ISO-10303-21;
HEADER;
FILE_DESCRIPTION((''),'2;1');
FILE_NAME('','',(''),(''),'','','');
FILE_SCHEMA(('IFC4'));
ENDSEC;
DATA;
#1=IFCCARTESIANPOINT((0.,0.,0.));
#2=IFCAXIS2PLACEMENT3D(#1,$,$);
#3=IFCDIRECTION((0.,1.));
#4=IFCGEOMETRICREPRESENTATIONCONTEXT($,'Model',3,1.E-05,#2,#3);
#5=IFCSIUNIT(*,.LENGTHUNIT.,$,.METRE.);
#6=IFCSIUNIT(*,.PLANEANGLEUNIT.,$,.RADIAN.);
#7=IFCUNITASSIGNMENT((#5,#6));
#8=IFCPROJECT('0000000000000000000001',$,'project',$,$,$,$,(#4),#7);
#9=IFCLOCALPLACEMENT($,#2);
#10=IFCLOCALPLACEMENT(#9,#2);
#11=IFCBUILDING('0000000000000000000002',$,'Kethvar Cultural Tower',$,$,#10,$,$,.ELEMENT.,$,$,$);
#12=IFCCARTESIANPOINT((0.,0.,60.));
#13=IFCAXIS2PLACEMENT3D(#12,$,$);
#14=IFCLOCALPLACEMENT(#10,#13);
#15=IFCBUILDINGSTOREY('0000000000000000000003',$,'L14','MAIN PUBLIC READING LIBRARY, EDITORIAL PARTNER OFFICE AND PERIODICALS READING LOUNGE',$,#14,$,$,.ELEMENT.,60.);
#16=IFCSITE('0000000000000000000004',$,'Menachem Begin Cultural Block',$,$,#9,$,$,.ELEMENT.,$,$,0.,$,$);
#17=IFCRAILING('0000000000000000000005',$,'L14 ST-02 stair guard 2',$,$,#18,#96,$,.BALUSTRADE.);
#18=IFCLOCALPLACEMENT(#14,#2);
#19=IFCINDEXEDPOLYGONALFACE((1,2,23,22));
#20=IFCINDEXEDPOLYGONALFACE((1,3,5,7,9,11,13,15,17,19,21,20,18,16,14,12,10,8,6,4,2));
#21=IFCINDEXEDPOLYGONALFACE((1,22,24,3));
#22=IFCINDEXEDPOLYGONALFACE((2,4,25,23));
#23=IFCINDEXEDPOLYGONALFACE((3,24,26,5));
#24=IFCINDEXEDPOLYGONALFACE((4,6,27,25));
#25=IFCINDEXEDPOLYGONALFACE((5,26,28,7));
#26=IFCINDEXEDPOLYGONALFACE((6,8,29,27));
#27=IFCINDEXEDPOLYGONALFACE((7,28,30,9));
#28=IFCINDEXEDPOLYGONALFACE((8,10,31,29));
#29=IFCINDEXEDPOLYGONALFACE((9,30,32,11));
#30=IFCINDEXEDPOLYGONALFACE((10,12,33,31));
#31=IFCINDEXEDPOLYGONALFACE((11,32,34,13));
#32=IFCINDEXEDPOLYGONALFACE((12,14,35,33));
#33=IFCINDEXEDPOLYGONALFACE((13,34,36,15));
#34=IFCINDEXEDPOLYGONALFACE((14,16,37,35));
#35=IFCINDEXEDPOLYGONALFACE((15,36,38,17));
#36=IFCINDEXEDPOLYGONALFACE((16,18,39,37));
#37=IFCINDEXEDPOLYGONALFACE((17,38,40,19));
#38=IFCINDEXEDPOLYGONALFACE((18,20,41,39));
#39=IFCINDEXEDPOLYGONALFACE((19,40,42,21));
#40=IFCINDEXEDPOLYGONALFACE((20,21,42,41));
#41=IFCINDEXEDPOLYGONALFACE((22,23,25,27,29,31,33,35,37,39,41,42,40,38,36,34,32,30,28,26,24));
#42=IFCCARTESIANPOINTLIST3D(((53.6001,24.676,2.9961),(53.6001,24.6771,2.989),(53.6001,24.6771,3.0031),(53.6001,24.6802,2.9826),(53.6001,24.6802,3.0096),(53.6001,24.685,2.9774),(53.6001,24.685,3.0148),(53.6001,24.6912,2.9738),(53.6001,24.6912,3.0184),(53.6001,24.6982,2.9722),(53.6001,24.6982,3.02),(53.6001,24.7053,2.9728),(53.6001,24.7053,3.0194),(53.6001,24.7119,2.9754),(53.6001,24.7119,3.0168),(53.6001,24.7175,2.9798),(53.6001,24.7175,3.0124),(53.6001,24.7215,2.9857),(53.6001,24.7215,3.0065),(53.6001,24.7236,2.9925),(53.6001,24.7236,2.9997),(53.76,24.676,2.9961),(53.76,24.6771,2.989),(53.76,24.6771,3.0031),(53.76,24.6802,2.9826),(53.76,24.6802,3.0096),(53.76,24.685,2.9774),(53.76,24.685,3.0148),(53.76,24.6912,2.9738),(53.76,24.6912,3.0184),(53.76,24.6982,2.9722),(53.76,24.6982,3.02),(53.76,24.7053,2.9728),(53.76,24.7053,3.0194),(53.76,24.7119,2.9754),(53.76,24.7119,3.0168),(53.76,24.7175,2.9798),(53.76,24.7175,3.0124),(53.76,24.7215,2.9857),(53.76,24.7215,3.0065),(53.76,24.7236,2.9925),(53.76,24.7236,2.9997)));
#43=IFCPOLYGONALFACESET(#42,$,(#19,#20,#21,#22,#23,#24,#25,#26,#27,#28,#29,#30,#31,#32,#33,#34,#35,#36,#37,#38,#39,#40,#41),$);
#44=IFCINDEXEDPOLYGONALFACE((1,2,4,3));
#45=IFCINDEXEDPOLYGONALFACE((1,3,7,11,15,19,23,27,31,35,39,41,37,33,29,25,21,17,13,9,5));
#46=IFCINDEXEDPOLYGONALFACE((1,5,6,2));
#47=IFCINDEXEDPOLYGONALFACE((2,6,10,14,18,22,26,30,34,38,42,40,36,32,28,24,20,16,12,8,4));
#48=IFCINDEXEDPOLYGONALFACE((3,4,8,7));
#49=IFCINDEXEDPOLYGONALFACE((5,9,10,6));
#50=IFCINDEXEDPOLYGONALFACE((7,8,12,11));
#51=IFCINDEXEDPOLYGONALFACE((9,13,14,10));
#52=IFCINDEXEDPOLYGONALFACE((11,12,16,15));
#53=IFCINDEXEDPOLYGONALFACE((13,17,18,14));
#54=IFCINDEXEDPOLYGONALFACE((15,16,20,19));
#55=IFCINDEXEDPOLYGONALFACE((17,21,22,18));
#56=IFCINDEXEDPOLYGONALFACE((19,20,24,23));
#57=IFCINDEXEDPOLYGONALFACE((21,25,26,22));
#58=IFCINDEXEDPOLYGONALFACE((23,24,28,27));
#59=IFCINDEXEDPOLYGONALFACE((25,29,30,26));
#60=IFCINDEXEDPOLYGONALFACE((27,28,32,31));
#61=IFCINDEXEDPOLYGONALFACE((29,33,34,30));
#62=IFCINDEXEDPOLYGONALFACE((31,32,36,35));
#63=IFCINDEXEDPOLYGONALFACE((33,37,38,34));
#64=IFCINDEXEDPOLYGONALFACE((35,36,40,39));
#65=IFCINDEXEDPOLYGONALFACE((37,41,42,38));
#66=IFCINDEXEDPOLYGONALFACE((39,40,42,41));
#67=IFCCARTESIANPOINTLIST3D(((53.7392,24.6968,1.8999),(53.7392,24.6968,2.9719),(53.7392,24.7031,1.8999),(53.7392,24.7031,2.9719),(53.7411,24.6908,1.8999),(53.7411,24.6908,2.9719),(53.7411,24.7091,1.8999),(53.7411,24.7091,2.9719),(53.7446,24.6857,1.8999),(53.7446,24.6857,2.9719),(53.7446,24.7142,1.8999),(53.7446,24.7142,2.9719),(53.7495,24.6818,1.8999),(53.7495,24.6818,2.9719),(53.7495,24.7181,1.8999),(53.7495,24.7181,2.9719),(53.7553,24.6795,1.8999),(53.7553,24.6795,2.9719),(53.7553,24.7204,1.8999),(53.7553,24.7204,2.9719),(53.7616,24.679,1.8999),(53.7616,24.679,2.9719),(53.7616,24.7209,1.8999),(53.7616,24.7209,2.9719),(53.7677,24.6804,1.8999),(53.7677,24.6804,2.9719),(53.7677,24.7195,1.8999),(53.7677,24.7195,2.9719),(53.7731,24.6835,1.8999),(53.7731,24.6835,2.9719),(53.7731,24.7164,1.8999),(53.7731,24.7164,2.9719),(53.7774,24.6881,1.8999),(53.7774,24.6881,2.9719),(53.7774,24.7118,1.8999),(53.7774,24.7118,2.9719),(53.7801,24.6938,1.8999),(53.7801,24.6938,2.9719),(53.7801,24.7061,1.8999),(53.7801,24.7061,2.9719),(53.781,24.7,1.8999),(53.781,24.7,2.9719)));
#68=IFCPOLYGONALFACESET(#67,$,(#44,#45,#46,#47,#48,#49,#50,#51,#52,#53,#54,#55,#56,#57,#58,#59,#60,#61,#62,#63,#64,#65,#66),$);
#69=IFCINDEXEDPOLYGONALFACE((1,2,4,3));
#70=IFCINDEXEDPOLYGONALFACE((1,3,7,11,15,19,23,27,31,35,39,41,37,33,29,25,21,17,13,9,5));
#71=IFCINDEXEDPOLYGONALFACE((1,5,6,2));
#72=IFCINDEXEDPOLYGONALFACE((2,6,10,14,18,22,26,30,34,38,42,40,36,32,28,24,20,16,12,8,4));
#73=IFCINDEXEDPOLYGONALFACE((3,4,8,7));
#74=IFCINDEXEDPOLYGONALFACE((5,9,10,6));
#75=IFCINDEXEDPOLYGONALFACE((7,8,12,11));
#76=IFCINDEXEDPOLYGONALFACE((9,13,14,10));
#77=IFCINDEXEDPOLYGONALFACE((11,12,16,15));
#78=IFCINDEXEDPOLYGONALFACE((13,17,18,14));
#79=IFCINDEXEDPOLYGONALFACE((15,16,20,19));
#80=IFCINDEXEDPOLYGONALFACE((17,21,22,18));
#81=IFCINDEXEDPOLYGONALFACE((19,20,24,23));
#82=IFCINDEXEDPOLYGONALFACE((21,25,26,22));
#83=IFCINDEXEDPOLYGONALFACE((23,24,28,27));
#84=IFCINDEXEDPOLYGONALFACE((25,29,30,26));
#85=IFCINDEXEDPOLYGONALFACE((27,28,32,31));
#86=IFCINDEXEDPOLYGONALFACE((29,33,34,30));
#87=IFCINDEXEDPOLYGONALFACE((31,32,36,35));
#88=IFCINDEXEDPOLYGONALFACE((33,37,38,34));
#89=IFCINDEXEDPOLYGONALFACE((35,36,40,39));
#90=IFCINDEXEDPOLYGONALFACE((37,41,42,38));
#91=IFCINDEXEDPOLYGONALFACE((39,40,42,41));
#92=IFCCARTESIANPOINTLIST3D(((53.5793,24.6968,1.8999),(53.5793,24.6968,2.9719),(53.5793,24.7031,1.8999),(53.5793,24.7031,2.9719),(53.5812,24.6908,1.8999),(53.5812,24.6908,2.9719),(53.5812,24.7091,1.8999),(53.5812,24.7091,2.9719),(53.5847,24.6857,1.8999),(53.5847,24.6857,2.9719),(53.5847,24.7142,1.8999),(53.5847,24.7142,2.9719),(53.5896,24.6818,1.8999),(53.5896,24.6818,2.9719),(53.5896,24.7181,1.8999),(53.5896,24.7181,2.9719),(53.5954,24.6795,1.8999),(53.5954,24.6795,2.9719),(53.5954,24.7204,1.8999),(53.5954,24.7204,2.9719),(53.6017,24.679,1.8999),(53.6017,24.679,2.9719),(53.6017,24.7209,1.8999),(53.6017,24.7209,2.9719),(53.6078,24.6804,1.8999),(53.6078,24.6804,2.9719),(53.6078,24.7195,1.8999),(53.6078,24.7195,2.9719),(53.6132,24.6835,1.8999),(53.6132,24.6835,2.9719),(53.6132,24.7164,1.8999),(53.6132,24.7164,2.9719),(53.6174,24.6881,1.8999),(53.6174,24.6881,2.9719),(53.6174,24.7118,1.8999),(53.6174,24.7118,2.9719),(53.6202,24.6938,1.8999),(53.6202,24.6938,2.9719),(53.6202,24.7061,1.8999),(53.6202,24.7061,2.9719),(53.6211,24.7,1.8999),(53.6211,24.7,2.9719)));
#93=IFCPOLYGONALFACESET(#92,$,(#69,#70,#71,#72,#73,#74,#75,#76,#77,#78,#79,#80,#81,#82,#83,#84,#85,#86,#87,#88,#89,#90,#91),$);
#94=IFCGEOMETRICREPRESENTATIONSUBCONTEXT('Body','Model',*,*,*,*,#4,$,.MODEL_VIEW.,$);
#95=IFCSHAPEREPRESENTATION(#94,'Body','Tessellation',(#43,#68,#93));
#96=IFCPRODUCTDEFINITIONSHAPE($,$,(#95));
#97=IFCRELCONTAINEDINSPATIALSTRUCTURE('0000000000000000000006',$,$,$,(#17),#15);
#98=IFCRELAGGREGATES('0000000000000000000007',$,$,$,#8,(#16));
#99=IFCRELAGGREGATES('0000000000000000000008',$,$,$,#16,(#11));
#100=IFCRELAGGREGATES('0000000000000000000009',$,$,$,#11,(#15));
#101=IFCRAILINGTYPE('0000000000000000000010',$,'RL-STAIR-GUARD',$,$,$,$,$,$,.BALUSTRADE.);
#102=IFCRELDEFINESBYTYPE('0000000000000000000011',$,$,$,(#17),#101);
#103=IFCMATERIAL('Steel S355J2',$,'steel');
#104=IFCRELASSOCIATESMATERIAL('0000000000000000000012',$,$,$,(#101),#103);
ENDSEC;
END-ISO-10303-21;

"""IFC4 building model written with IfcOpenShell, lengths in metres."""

from ifc_helpers import new_model, si_unit, direction, frame, origin, origin_2d, place, context, subcontext, project, spatial, circle, extrude, material, type_object, element, save


model = new_model("IFC4")

# Units and contexts
model_context = context("Model", 3, precision=1e-05, world=origin(), true_north=direction((0.0, 1.0)))
body_context = subcontext(model_context, "Body", "Model", "MODEL_VIEW")
ifc_project = project(units=[si_unit("LENGTHUNIT", "METRE"), si_unit("PLANEANGLEUNIT", "RADIAN")], contexts=[model_context])

# Site, building, storey
site_placement = place(None, origin())
site = spatial("IfcSite", under=ifc_project, at=site_placement, Name="Menachem Begin Cultural Block", CompositionType="ELEMENT", RefElevation=0.0)
building_placement = place(site_placement, origin())
building = spatial("IfcBuilding", under=site, at=building_placement, Name="Kethvar Cultural Tower", CompositionType="ELEMENT")
storey_placement = place(building_placement, frame((0.0, 0.0, 60.0)))
storey = spatial("IfcBuildingStorey", under=building, at=storey_placement, Name="L14", Description="MAIN PUBLIC READING LIBRARY, EDITORIAL PARTNER OFFICE AND PERIODICALS READING LOUNGE", CompositionType="ELEMENT", Elevation=60.0)

# Shared definitions
ifc_material_1 = material(Name="Steel S355J2", Category="steel")

# Railing
railing_type_1 = type_object("IfcRailingType", Name="RL-STAIR-GUARD", PredefinedType="BALUSTRADE", material=ifc_material_1)
railing_1_placement = place(storey_placement, frame((53.76, 24.7, 1.8999)))
element("IfcRailing", 1, at=railing_1_placement, inside=storey, type_object=railing_type_1, Name="L14 ST-02 stair guard 2", PredefinedType="BALUSTRADE", context=body_context, shape_type="SweptSolid", body=[
    extrude(circle(Radius=0.0239, at=origin_2d()), frame((0.0, 0.0, 1.0962), z_axis=(-1.0, 0.0, 0.0), x_axis=(0.0, -1.0, 0.0)), (0.0, 0.0, 1.0), 0.1599),
    extrude(circle(Radius=0.021, at=origin_2d()), origin(), (0.0, 0.0, 1.0), 1.072),
    extrude(circle(Radius=0.021, at=origin_2d()), frame((-0.1599, 0.0, 0.0)), (0.0, 0.0, 1.0), 1.072),
])

save(model, "model.ifc")
